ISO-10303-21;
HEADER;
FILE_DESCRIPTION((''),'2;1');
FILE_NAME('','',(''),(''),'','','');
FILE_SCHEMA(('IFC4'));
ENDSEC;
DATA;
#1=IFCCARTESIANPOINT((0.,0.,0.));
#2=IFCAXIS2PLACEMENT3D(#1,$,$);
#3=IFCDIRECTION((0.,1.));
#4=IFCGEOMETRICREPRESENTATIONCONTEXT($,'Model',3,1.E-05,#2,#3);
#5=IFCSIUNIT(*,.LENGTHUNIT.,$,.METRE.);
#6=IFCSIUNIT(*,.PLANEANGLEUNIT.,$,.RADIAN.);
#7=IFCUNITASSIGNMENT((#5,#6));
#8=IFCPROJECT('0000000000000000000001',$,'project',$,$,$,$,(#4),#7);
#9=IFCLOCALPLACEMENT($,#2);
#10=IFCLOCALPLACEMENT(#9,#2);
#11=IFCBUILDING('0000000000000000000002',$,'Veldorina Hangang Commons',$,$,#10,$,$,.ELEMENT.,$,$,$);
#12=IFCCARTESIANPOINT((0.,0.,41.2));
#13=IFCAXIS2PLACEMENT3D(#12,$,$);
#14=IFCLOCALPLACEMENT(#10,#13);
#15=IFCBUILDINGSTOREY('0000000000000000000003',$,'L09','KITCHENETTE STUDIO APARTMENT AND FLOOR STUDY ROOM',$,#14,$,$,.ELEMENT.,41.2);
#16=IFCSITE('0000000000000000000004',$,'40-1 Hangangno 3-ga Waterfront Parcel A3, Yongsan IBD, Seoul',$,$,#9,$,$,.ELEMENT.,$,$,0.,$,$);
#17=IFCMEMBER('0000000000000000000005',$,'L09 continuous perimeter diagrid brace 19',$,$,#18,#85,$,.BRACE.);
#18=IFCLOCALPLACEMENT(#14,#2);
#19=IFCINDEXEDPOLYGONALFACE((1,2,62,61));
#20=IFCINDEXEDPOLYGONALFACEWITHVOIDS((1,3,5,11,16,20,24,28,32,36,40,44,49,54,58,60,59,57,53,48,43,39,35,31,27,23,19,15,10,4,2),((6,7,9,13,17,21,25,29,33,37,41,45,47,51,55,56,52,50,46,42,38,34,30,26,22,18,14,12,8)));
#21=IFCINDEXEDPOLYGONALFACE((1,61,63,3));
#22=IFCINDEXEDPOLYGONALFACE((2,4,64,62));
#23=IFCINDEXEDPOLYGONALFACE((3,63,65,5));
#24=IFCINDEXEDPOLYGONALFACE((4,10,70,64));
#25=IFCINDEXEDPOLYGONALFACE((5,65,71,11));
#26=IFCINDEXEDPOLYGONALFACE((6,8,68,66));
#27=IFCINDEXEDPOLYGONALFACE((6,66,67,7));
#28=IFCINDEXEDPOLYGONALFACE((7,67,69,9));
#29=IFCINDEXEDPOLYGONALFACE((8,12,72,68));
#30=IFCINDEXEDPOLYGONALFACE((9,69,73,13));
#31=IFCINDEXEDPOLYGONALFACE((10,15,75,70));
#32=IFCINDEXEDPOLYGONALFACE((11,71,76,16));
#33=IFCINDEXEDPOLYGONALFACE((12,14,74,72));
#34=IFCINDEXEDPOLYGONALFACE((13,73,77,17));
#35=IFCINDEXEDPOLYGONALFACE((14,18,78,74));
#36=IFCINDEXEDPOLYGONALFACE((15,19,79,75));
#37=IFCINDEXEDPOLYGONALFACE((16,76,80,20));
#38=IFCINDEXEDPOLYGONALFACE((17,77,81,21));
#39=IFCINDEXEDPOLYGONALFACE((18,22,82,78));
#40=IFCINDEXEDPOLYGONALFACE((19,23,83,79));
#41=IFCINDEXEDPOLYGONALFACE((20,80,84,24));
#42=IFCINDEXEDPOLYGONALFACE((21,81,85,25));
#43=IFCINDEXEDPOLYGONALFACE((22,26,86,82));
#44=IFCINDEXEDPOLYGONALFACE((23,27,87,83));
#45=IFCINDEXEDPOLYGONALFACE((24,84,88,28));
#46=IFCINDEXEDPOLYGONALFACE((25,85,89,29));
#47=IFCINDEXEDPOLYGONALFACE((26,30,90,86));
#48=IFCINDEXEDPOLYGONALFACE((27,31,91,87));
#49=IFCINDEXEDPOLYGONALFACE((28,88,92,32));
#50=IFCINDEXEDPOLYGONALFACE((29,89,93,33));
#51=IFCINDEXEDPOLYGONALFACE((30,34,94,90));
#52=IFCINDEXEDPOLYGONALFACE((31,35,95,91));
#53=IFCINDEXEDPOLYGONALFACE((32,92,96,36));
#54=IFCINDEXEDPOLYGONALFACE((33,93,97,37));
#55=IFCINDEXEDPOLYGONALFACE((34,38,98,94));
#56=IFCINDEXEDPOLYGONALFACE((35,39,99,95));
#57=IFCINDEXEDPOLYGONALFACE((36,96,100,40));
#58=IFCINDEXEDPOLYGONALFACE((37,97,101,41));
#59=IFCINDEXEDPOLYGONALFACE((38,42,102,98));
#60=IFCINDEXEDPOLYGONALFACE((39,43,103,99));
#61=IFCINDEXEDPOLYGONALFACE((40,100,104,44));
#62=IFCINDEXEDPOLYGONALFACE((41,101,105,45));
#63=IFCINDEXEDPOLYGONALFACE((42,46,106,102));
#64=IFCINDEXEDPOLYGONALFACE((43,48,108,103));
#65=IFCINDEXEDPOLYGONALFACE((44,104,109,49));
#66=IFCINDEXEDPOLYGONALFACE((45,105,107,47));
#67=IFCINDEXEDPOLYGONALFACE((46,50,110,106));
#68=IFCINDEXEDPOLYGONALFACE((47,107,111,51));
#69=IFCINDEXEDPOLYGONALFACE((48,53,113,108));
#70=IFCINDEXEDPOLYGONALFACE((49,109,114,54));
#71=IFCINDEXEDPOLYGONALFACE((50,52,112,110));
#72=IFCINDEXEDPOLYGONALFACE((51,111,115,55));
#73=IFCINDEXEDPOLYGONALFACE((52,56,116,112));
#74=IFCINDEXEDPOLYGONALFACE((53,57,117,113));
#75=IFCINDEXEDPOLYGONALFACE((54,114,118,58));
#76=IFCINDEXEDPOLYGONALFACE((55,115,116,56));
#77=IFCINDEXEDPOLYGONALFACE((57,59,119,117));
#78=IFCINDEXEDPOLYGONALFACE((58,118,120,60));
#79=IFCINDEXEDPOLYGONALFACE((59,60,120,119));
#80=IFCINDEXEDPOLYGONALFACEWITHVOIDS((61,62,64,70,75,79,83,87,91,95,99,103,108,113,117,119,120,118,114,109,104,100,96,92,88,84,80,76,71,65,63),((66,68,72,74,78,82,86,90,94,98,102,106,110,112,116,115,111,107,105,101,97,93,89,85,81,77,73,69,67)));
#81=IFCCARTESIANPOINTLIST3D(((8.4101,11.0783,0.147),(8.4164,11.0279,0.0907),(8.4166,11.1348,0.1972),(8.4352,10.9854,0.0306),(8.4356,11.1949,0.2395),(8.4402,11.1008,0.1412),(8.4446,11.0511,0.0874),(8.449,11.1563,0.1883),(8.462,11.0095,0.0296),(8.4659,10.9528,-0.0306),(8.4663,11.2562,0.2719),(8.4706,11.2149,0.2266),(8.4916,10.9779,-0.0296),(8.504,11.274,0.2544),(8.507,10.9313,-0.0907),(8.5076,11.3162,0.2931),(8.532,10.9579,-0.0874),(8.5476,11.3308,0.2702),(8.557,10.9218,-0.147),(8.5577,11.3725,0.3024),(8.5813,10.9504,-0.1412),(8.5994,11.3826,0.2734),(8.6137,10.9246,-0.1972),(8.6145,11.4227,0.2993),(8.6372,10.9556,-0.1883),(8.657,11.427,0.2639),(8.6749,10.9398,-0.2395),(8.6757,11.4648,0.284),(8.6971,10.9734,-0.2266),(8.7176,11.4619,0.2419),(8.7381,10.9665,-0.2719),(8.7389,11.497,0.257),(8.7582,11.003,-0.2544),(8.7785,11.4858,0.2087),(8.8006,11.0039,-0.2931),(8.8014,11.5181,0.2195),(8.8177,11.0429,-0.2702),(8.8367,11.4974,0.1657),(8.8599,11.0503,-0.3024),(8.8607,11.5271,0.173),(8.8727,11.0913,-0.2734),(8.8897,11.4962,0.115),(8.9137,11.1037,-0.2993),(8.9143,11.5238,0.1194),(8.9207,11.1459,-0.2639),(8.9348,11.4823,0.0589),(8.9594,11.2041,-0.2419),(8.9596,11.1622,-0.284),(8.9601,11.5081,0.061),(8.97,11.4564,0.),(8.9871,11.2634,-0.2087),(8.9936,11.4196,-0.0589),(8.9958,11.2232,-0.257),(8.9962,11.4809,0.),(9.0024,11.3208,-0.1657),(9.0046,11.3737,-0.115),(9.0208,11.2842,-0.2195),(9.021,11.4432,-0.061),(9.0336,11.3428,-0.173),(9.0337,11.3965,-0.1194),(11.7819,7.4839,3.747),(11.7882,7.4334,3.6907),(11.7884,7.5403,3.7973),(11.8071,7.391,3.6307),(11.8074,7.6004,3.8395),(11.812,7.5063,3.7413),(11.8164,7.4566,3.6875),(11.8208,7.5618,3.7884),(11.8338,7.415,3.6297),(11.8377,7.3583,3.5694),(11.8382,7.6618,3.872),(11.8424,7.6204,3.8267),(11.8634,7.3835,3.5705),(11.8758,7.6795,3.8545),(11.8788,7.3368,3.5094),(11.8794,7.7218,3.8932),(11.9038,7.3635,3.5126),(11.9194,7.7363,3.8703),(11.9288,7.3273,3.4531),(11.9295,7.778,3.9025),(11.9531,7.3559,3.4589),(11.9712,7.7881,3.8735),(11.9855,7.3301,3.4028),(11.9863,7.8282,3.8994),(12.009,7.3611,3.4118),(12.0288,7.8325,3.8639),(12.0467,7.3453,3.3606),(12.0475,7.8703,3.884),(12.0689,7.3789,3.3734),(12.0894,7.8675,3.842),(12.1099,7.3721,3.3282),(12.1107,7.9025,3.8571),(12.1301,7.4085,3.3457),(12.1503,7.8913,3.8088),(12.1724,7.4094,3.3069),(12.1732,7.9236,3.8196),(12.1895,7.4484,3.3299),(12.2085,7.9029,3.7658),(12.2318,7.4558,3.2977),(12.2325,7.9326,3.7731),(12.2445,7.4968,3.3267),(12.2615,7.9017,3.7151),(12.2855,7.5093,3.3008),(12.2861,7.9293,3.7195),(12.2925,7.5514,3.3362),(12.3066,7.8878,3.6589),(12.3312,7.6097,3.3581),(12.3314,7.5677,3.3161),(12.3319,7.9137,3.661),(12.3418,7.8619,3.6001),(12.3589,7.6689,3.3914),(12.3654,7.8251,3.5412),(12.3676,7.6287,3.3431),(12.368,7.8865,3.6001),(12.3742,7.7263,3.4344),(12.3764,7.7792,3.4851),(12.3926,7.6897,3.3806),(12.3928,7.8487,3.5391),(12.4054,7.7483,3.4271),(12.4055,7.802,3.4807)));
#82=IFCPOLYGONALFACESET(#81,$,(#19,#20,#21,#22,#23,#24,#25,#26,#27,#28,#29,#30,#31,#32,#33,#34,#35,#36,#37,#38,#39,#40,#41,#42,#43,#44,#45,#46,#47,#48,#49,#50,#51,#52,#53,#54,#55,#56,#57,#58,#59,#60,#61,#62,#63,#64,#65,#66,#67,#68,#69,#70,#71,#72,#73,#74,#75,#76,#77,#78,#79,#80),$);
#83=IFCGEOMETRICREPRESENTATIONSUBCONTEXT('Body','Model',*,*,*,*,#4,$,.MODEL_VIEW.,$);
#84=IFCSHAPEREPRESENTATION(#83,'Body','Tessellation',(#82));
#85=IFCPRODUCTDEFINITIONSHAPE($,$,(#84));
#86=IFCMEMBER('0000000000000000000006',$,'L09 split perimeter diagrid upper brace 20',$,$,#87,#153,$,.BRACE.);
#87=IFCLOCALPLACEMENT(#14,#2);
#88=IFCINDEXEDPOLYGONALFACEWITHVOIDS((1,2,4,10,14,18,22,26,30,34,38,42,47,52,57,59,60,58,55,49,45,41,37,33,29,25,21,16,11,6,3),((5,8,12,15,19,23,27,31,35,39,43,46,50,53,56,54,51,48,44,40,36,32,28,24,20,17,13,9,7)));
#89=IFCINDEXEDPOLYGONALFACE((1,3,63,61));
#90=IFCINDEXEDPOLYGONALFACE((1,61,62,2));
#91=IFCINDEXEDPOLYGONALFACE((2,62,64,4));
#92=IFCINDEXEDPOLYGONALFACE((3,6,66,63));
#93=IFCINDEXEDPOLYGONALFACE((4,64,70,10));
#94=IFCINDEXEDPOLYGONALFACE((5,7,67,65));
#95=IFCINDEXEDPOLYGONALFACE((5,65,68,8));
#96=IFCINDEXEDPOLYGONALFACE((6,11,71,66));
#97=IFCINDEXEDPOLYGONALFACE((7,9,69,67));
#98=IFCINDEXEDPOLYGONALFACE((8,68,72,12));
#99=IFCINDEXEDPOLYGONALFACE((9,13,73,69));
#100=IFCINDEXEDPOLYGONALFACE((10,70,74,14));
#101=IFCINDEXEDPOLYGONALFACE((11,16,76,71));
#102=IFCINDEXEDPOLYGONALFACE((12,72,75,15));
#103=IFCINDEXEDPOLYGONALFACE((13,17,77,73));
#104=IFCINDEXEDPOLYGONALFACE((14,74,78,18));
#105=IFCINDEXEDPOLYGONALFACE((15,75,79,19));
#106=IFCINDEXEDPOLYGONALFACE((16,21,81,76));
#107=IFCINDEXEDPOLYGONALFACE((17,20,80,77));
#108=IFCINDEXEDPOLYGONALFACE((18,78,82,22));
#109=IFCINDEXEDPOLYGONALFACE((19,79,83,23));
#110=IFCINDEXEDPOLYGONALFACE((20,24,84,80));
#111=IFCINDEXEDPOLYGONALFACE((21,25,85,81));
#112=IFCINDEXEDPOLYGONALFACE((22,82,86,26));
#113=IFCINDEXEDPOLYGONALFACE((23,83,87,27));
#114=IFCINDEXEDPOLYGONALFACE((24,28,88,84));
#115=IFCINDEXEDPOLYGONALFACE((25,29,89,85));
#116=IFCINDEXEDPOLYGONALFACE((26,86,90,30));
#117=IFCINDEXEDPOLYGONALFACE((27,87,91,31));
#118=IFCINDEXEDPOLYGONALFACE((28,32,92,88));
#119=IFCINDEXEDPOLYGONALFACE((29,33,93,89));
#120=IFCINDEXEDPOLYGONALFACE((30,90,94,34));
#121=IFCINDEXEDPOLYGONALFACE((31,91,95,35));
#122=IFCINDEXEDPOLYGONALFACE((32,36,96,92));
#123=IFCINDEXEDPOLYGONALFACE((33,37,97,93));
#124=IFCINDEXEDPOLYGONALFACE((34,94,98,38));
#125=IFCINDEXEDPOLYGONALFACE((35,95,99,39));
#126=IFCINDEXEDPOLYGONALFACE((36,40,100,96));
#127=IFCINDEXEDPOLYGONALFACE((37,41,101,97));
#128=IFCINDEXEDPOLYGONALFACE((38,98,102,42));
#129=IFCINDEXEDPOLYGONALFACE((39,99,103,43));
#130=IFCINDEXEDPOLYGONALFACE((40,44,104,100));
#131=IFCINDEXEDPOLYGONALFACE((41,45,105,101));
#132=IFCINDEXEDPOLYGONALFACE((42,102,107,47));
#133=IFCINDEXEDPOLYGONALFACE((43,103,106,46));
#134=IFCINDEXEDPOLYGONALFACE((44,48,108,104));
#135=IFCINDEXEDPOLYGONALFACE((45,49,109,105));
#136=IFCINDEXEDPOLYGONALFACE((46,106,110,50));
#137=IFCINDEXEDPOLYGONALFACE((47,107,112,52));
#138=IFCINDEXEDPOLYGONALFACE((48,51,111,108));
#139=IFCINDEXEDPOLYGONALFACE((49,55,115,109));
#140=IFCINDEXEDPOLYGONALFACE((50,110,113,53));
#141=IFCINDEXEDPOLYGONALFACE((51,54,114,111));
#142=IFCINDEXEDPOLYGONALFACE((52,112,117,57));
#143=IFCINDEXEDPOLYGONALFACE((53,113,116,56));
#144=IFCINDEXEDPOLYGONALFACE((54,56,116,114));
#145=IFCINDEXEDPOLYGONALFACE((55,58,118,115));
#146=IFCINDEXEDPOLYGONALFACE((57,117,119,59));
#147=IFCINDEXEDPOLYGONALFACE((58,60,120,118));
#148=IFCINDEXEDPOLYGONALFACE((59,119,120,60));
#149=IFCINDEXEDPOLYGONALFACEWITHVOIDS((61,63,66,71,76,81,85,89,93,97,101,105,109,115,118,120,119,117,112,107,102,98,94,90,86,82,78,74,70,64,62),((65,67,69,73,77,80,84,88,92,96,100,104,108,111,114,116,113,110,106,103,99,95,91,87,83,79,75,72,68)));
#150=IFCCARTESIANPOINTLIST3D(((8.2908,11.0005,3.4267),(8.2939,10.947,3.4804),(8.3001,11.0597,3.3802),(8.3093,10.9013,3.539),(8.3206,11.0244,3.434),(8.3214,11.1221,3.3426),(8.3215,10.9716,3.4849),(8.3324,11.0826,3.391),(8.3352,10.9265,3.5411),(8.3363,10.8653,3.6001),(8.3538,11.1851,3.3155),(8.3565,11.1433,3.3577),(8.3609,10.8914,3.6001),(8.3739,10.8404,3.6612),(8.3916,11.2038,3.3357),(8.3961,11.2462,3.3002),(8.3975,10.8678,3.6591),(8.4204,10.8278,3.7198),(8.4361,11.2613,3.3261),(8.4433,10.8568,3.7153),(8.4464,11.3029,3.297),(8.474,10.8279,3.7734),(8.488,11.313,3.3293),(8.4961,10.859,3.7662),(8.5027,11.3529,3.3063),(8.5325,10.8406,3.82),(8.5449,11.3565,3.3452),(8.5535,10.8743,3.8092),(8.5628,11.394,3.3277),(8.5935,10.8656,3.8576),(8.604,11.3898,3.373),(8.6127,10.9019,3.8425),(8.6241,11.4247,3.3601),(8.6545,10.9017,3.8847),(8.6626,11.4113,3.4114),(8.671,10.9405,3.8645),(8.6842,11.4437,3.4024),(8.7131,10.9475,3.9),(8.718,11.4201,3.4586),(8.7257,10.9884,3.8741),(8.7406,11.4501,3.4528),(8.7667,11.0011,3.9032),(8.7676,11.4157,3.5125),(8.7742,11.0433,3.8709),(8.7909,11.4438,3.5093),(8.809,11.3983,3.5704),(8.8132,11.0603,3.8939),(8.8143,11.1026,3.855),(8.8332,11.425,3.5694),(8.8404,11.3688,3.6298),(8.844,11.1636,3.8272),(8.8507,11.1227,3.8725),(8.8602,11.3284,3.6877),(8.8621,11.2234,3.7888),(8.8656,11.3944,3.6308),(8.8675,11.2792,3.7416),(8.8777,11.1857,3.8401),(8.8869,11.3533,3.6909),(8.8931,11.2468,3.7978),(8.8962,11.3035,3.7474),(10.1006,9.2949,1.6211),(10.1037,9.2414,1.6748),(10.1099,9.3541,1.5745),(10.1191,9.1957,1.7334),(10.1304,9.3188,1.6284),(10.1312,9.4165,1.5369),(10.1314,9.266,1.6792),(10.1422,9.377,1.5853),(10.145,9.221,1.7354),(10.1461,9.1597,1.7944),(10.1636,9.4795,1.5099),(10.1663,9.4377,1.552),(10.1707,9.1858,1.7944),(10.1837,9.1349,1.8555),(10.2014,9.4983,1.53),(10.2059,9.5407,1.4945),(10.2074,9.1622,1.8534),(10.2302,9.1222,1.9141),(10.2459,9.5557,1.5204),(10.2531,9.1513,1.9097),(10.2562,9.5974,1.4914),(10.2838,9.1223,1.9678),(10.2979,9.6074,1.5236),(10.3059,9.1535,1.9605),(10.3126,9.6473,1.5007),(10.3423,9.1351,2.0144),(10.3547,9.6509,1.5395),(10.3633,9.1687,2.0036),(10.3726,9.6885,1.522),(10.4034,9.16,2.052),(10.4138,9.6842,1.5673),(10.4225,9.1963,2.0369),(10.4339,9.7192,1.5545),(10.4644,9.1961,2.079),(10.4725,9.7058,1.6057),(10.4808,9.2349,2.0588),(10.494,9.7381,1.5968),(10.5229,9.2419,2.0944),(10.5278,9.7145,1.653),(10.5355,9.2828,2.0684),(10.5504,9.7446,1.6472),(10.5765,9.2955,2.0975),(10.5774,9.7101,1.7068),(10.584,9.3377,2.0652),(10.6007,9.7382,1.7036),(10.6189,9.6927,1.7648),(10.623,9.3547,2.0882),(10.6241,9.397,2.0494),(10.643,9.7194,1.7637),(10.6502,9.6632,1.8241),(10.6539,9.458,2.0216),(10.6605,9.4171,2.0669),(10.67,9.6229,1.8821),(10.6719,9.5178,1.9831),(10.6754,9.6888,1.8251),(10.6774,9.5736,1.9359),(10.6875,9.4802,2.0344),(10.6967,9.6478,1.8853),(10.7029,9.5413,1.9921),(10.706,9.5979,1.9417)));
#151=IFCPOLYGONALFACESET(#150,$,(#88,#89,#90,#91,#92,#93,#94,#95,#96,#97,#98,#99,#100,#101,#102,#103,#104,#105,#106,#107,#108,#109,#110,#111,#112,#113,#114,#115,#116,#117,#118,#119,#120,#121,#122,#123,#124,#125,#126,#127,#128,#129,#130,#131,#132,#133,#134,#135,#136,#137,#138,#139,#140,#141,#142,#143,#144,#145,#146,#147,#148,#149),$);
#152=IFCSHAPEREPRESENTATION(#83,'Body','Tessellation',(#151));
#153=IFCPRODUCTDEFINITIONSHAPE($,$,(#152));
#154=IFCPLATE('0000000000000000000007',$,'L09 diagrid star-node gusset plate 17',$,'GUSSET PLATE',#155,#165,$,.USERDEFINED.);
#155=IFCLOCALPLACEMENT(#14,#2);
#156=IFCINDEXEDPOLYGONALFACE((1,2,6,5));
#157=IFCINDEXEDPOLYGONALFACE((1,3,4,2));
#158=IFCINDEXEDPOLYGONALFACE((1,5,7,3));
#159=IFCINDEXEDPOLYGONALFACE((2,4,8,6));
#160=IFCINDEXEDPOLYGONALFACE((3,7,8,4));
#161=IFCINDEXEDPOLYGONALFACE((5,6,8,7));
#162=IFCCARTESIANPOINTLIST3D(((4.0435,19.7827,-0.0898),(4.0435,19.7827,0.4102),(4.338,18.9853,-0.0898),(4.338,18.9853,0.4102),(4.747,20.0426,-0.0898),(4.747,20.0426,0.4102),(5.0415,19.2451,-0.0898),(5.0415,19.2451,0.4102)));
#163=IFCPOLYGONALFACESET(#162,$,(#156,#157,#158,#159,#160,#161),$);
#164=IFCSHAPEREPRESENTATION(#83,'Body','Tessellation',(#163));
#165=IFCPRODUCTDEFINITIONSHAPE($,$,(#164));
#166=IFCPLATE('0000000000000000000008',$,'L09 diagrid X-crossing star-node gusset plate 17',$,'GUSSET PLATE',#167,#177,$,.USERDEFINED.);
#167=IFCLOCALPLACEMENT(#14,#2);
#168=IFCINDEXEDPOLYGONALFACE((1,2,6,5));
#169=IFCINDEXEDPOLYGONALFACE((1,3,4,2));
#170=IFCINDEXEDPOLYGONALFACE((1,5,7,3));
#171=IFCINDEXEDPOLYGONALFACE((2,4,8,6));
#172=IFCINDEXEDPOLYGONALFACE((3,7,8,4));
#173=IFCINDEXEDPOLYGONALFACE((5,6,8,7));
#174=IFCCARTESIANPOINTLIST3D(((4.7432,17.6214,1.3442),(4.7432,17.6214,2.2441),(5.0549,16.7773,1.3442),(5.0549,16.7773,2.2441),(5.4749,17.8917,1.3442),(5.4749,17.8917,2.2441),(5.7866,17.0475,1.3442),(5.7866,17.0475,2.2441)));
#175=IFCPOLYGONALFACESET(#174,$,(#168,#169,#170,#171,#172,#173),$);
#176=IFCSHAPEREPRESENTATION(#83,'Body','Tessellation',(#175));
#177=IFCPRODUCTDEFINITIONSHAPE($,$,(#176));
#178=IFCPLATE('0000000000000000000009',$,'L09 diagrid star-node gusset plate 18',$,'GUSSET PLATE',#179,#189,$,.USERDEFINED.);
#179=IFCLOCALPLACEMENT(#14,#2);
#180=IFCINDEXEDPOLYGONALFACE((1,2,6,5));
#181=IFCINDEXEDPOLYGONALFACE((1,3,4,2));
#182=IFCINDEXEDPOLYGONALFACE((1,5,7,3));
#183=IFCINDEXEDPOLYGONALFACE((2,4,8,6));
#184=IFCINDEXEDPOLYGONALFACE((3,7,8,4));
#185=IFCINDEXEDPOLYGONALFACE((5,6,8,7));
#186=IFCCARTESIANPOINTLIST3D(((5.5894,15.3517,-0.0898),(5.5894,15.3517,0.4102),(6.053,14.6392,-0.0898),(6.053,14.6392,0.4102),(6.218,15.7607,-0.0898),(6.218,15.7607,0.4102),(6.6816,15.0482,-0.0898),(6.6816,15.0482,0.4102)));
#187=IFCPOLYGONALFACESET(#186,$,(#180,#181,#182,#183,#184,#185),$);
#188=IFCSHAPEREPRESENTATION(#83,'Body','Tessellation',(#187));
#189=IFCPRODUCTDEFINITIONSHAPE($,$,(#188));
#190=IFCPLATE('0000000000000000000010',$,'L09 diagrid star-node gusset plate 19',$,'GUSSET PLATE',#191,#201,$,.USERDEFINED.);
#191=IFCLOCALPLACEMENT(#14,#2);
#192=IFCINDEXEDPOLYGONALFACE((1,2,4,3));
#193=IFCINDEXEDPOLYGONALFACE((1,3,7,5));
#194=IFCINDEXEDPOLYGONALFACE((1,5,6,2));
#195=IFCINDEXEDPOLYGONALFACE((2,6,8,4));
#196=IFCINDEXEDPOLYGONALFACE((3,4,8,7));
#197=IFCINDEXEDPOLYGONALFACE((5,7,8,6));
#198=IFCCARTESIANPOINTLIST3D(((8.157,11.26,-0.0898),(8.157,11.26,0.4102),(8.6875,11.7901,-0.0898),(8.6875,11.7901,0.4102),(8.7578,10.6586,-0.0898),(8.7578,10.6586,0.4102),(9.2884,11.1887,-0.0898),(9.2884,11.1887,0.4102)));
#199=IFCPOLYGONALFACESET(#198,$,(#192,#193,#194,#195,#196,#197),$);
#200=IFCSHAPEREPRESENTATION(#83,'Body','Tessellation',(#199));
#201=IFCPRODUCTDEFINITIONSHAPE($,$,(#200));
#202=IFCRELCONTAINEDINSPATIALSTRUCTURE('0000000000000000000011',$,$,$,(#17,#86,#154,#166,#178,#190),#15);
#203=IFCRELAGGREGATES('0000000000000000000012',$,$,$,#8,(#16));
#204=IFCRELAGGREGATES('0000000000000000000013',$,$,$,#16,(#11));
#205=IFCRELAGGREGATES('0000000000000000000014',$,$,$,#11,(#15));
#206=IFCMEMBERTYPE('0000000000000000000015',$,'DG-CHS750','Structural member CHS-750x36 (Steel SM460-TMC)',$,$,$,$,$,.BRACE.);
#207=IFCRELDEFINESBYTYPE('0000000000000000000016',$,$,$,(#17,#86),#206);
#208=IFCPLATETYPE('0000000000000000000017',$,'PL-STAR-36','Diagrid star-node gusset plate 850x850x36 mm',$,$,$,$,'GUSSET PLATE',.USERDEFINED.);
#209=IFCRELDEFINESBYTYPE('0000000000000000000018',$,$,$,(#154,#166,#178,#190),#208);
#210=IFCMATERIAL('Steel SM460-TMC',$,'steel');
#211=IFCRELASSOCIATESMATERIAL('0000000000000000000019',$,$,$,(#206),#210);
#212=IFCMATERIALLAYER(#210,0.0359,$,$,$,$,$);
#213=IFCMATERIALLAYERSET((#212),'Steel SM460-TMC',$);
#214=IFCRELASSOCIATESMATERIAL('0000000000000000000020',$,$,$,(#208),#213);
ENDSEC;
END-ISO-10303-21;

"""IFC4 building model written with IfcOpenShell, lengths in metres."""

from ifc_helpers import new_model, si_unit, direction, frame, origin, origin_2d, place, context, subcontext, project, spatial, rectangle, hollow_circle, extrude, material, layer, layer_set, material_profile, profile_set, type_object, element, save


model = new_model("IFC4")

# Units and contexts
model_context = context("Model", 3, precision=1e-05, world=origin(), true_north=direction((0.0, 1.0)))
body_context = subcontext(model_context, "Body", "Model", "MODEL_VIEW")
ifc_project = project(units=[si_unit("LENGTHUNIT", "METRE"), si_unit("PLANEANGLEUNIT", "RADIAN")], contexts=[model_context])

# Site, building, storey
site_placement = place(None, origin())
site = spatial("IfcSite", under=ifc_project, at=site_placement, Name="40-1 Hangangno 3-ga Waterfront Parcel A3, Yongsan IBD, Seoul", CompositionType="ELEMENT", RefElevation=0.0)
building_placement = place(site_placement, origin())
building = spatial("IfcBuilding", under=site, at=building_placement, Name="Veldorina Hangang Commons", CompositionType="ELEMENT")
storey_placement = place(building_placement, frame((0.0, 0.0, 41.2)))
storey = spatial("IfcBuildingStorey", under=building, at=storey_placement, Name="L09", Description="KITCHENETTE STUDIO APARTMENT AND FLOOR STUDY ROOM", CompositionType="ELEMENT", Elevation=41.2)

# Shared definitions
ifc_material_1 = material(Name="Steel SM460-TMC", Category="steel")

# Members
ifc_material_profile_1 = material_profile(ifc_material_1, hollow_circle(Radius=0.375, WallThickness=0.0359, at=origin_2d()), Name="CHS-750x36")
ifc_profile_set_1 = profile_set([ifc_material_profile_1], Name="Steel SM460-TMC")
member_type_1 = type_object("IfcMemberType", Name="DG-CHS750", Description="Structural member CHS-750x36 (Steel SM460-TMC)", PredefinedType="BRACE", material=ifc_profile_set_1)
member_1_placement = place(storey_placement, frame((8.7227, 11.2244, 0.0), z_axis=(0.55246, -0.588941, 0.589861), x_axis=(0.729335, 0.684157, 0.0)))
element("IfcMember", 1, at=member_1_placement, inside=storey, type_object=member_type_1, Name="L09 continuous perimeter diagrid brace 19", PredefinedType="BRACE", context=body_context, shape_type="SweptSolid", body=[
    extrude(hollow_circle(Radius=0.375, WallThickness=0.0359, at=origin_2d()), origin(), (0.0, 0.0, 1.0), 6.1033),
])
member_2_placement = place(storey_placement, frame((10.4033, 9.4326, 1.7944), z_axis=(-0.588894, 0.554973, 0.587544), x_axis=(-0.685836, -0.727756, 0.0)))
element("IfcMember", 2, at=member_2_placement, inside=storey, type_object=member_type_1, Name="L09 split perimeter diagrid upper brace 20", PredefinedType="BRACE", context=body_context, shape_type="SweptSolid", body=[
    extrude(hollow_circle(Radius=0.375, WallThickness=0.0359, at=origin_2d()), origin(), (0.0, 0.0, 1.0), 3.0732),
])

# Plates
ifc_layer_1 = layer(ifc_material_1, 0.0359)
ifc_layer_set_1 = layer_set([ifc_layer_1], Name="Steel SM460-TMC")
plate_type = type_object("IfcPlateType", Name="PL-STAR-36", Description="Diagrid star-node gusset plate 850x850x36 mm", ElementType="GUSSET PLATE", PredefinedType="USERDEFINED", material=ifc_layer_set_1)
plate_1_placement = place(storey_placement, frame((4.5425, 19.5139, -0.0898), z_axis=(0.0, 0.0, 1.0), x_axis=(0.346428, -0.938077, 0.0)))
element("IfcPlate", 3, at=plate_1_placement, inside=storey, type_object=plate_type, Name="L09 diagrid star-node gusset plate 17", ObjectType="GUSSET PLATE", PredefinedType="USERDEFINED", context=body_context, shape_type="SweptSolid", body=[
    extrude(rectangle(XDim=0.8501, YDim=0.75, at=origin_2d()), origin(), (0.0, 0.0, 1.0), 0.5),
])
plate_2_placement = place(storey_placement, frame((5.2649, 17.3345, 1.3442), z_axis=(0.0, 0.0, 1.0), x_axis=(0.346428, -0.938077, 0.0)))
element("IfcPlate", 4, at=plate_2_placement, inside=storey, type_object=plate_type, Name="L09 diagrid X-crossing star-node gusset plate 17", ObjectType="GUSSET PLATE", PredefinedType="USERDEFINED", context=body_context, shape_type="SweptSolid", body=[
    extrude(rectangle(XDim=0.8999, YDim=0.78, at=origin_2d()), origin(), (0.0, 0.0, 1.0), 0.8999),
])
for number, where, z_axis, x_axis, name in (
    (5, (6.1355, 15.2, -0.0898), (0.0, 0.0, 1.0), (0.545429, -0.838157, 0.0), "L09 diagrid star-node gusset plate 18"),
    (6, (8.7227, 11.2244, -0.0898), (0.0, 0.0, 1.0), (0.706798, -0.707415, 0.0), "L09 diagrid star-node gusset plate 19"),
):
    element("IfcPlate", number, at=place(storey_placement, frame(where, z_axis=z_axis, x_axis=x_axis)), inside=storey, type_object=plate_type, Name=name, ObjectType="GUSSET PLATE", PredefinedType="USERDEFINED", context=body_context, shape_type="SweptSolid", body=[
        extrude(rectangle(XDim=0.8501, YDim=0.75, at=origin_2d()), origin(), (0.0, 0.0, 1.0), 0.5),
    ])

save(model, "model.ifc")
